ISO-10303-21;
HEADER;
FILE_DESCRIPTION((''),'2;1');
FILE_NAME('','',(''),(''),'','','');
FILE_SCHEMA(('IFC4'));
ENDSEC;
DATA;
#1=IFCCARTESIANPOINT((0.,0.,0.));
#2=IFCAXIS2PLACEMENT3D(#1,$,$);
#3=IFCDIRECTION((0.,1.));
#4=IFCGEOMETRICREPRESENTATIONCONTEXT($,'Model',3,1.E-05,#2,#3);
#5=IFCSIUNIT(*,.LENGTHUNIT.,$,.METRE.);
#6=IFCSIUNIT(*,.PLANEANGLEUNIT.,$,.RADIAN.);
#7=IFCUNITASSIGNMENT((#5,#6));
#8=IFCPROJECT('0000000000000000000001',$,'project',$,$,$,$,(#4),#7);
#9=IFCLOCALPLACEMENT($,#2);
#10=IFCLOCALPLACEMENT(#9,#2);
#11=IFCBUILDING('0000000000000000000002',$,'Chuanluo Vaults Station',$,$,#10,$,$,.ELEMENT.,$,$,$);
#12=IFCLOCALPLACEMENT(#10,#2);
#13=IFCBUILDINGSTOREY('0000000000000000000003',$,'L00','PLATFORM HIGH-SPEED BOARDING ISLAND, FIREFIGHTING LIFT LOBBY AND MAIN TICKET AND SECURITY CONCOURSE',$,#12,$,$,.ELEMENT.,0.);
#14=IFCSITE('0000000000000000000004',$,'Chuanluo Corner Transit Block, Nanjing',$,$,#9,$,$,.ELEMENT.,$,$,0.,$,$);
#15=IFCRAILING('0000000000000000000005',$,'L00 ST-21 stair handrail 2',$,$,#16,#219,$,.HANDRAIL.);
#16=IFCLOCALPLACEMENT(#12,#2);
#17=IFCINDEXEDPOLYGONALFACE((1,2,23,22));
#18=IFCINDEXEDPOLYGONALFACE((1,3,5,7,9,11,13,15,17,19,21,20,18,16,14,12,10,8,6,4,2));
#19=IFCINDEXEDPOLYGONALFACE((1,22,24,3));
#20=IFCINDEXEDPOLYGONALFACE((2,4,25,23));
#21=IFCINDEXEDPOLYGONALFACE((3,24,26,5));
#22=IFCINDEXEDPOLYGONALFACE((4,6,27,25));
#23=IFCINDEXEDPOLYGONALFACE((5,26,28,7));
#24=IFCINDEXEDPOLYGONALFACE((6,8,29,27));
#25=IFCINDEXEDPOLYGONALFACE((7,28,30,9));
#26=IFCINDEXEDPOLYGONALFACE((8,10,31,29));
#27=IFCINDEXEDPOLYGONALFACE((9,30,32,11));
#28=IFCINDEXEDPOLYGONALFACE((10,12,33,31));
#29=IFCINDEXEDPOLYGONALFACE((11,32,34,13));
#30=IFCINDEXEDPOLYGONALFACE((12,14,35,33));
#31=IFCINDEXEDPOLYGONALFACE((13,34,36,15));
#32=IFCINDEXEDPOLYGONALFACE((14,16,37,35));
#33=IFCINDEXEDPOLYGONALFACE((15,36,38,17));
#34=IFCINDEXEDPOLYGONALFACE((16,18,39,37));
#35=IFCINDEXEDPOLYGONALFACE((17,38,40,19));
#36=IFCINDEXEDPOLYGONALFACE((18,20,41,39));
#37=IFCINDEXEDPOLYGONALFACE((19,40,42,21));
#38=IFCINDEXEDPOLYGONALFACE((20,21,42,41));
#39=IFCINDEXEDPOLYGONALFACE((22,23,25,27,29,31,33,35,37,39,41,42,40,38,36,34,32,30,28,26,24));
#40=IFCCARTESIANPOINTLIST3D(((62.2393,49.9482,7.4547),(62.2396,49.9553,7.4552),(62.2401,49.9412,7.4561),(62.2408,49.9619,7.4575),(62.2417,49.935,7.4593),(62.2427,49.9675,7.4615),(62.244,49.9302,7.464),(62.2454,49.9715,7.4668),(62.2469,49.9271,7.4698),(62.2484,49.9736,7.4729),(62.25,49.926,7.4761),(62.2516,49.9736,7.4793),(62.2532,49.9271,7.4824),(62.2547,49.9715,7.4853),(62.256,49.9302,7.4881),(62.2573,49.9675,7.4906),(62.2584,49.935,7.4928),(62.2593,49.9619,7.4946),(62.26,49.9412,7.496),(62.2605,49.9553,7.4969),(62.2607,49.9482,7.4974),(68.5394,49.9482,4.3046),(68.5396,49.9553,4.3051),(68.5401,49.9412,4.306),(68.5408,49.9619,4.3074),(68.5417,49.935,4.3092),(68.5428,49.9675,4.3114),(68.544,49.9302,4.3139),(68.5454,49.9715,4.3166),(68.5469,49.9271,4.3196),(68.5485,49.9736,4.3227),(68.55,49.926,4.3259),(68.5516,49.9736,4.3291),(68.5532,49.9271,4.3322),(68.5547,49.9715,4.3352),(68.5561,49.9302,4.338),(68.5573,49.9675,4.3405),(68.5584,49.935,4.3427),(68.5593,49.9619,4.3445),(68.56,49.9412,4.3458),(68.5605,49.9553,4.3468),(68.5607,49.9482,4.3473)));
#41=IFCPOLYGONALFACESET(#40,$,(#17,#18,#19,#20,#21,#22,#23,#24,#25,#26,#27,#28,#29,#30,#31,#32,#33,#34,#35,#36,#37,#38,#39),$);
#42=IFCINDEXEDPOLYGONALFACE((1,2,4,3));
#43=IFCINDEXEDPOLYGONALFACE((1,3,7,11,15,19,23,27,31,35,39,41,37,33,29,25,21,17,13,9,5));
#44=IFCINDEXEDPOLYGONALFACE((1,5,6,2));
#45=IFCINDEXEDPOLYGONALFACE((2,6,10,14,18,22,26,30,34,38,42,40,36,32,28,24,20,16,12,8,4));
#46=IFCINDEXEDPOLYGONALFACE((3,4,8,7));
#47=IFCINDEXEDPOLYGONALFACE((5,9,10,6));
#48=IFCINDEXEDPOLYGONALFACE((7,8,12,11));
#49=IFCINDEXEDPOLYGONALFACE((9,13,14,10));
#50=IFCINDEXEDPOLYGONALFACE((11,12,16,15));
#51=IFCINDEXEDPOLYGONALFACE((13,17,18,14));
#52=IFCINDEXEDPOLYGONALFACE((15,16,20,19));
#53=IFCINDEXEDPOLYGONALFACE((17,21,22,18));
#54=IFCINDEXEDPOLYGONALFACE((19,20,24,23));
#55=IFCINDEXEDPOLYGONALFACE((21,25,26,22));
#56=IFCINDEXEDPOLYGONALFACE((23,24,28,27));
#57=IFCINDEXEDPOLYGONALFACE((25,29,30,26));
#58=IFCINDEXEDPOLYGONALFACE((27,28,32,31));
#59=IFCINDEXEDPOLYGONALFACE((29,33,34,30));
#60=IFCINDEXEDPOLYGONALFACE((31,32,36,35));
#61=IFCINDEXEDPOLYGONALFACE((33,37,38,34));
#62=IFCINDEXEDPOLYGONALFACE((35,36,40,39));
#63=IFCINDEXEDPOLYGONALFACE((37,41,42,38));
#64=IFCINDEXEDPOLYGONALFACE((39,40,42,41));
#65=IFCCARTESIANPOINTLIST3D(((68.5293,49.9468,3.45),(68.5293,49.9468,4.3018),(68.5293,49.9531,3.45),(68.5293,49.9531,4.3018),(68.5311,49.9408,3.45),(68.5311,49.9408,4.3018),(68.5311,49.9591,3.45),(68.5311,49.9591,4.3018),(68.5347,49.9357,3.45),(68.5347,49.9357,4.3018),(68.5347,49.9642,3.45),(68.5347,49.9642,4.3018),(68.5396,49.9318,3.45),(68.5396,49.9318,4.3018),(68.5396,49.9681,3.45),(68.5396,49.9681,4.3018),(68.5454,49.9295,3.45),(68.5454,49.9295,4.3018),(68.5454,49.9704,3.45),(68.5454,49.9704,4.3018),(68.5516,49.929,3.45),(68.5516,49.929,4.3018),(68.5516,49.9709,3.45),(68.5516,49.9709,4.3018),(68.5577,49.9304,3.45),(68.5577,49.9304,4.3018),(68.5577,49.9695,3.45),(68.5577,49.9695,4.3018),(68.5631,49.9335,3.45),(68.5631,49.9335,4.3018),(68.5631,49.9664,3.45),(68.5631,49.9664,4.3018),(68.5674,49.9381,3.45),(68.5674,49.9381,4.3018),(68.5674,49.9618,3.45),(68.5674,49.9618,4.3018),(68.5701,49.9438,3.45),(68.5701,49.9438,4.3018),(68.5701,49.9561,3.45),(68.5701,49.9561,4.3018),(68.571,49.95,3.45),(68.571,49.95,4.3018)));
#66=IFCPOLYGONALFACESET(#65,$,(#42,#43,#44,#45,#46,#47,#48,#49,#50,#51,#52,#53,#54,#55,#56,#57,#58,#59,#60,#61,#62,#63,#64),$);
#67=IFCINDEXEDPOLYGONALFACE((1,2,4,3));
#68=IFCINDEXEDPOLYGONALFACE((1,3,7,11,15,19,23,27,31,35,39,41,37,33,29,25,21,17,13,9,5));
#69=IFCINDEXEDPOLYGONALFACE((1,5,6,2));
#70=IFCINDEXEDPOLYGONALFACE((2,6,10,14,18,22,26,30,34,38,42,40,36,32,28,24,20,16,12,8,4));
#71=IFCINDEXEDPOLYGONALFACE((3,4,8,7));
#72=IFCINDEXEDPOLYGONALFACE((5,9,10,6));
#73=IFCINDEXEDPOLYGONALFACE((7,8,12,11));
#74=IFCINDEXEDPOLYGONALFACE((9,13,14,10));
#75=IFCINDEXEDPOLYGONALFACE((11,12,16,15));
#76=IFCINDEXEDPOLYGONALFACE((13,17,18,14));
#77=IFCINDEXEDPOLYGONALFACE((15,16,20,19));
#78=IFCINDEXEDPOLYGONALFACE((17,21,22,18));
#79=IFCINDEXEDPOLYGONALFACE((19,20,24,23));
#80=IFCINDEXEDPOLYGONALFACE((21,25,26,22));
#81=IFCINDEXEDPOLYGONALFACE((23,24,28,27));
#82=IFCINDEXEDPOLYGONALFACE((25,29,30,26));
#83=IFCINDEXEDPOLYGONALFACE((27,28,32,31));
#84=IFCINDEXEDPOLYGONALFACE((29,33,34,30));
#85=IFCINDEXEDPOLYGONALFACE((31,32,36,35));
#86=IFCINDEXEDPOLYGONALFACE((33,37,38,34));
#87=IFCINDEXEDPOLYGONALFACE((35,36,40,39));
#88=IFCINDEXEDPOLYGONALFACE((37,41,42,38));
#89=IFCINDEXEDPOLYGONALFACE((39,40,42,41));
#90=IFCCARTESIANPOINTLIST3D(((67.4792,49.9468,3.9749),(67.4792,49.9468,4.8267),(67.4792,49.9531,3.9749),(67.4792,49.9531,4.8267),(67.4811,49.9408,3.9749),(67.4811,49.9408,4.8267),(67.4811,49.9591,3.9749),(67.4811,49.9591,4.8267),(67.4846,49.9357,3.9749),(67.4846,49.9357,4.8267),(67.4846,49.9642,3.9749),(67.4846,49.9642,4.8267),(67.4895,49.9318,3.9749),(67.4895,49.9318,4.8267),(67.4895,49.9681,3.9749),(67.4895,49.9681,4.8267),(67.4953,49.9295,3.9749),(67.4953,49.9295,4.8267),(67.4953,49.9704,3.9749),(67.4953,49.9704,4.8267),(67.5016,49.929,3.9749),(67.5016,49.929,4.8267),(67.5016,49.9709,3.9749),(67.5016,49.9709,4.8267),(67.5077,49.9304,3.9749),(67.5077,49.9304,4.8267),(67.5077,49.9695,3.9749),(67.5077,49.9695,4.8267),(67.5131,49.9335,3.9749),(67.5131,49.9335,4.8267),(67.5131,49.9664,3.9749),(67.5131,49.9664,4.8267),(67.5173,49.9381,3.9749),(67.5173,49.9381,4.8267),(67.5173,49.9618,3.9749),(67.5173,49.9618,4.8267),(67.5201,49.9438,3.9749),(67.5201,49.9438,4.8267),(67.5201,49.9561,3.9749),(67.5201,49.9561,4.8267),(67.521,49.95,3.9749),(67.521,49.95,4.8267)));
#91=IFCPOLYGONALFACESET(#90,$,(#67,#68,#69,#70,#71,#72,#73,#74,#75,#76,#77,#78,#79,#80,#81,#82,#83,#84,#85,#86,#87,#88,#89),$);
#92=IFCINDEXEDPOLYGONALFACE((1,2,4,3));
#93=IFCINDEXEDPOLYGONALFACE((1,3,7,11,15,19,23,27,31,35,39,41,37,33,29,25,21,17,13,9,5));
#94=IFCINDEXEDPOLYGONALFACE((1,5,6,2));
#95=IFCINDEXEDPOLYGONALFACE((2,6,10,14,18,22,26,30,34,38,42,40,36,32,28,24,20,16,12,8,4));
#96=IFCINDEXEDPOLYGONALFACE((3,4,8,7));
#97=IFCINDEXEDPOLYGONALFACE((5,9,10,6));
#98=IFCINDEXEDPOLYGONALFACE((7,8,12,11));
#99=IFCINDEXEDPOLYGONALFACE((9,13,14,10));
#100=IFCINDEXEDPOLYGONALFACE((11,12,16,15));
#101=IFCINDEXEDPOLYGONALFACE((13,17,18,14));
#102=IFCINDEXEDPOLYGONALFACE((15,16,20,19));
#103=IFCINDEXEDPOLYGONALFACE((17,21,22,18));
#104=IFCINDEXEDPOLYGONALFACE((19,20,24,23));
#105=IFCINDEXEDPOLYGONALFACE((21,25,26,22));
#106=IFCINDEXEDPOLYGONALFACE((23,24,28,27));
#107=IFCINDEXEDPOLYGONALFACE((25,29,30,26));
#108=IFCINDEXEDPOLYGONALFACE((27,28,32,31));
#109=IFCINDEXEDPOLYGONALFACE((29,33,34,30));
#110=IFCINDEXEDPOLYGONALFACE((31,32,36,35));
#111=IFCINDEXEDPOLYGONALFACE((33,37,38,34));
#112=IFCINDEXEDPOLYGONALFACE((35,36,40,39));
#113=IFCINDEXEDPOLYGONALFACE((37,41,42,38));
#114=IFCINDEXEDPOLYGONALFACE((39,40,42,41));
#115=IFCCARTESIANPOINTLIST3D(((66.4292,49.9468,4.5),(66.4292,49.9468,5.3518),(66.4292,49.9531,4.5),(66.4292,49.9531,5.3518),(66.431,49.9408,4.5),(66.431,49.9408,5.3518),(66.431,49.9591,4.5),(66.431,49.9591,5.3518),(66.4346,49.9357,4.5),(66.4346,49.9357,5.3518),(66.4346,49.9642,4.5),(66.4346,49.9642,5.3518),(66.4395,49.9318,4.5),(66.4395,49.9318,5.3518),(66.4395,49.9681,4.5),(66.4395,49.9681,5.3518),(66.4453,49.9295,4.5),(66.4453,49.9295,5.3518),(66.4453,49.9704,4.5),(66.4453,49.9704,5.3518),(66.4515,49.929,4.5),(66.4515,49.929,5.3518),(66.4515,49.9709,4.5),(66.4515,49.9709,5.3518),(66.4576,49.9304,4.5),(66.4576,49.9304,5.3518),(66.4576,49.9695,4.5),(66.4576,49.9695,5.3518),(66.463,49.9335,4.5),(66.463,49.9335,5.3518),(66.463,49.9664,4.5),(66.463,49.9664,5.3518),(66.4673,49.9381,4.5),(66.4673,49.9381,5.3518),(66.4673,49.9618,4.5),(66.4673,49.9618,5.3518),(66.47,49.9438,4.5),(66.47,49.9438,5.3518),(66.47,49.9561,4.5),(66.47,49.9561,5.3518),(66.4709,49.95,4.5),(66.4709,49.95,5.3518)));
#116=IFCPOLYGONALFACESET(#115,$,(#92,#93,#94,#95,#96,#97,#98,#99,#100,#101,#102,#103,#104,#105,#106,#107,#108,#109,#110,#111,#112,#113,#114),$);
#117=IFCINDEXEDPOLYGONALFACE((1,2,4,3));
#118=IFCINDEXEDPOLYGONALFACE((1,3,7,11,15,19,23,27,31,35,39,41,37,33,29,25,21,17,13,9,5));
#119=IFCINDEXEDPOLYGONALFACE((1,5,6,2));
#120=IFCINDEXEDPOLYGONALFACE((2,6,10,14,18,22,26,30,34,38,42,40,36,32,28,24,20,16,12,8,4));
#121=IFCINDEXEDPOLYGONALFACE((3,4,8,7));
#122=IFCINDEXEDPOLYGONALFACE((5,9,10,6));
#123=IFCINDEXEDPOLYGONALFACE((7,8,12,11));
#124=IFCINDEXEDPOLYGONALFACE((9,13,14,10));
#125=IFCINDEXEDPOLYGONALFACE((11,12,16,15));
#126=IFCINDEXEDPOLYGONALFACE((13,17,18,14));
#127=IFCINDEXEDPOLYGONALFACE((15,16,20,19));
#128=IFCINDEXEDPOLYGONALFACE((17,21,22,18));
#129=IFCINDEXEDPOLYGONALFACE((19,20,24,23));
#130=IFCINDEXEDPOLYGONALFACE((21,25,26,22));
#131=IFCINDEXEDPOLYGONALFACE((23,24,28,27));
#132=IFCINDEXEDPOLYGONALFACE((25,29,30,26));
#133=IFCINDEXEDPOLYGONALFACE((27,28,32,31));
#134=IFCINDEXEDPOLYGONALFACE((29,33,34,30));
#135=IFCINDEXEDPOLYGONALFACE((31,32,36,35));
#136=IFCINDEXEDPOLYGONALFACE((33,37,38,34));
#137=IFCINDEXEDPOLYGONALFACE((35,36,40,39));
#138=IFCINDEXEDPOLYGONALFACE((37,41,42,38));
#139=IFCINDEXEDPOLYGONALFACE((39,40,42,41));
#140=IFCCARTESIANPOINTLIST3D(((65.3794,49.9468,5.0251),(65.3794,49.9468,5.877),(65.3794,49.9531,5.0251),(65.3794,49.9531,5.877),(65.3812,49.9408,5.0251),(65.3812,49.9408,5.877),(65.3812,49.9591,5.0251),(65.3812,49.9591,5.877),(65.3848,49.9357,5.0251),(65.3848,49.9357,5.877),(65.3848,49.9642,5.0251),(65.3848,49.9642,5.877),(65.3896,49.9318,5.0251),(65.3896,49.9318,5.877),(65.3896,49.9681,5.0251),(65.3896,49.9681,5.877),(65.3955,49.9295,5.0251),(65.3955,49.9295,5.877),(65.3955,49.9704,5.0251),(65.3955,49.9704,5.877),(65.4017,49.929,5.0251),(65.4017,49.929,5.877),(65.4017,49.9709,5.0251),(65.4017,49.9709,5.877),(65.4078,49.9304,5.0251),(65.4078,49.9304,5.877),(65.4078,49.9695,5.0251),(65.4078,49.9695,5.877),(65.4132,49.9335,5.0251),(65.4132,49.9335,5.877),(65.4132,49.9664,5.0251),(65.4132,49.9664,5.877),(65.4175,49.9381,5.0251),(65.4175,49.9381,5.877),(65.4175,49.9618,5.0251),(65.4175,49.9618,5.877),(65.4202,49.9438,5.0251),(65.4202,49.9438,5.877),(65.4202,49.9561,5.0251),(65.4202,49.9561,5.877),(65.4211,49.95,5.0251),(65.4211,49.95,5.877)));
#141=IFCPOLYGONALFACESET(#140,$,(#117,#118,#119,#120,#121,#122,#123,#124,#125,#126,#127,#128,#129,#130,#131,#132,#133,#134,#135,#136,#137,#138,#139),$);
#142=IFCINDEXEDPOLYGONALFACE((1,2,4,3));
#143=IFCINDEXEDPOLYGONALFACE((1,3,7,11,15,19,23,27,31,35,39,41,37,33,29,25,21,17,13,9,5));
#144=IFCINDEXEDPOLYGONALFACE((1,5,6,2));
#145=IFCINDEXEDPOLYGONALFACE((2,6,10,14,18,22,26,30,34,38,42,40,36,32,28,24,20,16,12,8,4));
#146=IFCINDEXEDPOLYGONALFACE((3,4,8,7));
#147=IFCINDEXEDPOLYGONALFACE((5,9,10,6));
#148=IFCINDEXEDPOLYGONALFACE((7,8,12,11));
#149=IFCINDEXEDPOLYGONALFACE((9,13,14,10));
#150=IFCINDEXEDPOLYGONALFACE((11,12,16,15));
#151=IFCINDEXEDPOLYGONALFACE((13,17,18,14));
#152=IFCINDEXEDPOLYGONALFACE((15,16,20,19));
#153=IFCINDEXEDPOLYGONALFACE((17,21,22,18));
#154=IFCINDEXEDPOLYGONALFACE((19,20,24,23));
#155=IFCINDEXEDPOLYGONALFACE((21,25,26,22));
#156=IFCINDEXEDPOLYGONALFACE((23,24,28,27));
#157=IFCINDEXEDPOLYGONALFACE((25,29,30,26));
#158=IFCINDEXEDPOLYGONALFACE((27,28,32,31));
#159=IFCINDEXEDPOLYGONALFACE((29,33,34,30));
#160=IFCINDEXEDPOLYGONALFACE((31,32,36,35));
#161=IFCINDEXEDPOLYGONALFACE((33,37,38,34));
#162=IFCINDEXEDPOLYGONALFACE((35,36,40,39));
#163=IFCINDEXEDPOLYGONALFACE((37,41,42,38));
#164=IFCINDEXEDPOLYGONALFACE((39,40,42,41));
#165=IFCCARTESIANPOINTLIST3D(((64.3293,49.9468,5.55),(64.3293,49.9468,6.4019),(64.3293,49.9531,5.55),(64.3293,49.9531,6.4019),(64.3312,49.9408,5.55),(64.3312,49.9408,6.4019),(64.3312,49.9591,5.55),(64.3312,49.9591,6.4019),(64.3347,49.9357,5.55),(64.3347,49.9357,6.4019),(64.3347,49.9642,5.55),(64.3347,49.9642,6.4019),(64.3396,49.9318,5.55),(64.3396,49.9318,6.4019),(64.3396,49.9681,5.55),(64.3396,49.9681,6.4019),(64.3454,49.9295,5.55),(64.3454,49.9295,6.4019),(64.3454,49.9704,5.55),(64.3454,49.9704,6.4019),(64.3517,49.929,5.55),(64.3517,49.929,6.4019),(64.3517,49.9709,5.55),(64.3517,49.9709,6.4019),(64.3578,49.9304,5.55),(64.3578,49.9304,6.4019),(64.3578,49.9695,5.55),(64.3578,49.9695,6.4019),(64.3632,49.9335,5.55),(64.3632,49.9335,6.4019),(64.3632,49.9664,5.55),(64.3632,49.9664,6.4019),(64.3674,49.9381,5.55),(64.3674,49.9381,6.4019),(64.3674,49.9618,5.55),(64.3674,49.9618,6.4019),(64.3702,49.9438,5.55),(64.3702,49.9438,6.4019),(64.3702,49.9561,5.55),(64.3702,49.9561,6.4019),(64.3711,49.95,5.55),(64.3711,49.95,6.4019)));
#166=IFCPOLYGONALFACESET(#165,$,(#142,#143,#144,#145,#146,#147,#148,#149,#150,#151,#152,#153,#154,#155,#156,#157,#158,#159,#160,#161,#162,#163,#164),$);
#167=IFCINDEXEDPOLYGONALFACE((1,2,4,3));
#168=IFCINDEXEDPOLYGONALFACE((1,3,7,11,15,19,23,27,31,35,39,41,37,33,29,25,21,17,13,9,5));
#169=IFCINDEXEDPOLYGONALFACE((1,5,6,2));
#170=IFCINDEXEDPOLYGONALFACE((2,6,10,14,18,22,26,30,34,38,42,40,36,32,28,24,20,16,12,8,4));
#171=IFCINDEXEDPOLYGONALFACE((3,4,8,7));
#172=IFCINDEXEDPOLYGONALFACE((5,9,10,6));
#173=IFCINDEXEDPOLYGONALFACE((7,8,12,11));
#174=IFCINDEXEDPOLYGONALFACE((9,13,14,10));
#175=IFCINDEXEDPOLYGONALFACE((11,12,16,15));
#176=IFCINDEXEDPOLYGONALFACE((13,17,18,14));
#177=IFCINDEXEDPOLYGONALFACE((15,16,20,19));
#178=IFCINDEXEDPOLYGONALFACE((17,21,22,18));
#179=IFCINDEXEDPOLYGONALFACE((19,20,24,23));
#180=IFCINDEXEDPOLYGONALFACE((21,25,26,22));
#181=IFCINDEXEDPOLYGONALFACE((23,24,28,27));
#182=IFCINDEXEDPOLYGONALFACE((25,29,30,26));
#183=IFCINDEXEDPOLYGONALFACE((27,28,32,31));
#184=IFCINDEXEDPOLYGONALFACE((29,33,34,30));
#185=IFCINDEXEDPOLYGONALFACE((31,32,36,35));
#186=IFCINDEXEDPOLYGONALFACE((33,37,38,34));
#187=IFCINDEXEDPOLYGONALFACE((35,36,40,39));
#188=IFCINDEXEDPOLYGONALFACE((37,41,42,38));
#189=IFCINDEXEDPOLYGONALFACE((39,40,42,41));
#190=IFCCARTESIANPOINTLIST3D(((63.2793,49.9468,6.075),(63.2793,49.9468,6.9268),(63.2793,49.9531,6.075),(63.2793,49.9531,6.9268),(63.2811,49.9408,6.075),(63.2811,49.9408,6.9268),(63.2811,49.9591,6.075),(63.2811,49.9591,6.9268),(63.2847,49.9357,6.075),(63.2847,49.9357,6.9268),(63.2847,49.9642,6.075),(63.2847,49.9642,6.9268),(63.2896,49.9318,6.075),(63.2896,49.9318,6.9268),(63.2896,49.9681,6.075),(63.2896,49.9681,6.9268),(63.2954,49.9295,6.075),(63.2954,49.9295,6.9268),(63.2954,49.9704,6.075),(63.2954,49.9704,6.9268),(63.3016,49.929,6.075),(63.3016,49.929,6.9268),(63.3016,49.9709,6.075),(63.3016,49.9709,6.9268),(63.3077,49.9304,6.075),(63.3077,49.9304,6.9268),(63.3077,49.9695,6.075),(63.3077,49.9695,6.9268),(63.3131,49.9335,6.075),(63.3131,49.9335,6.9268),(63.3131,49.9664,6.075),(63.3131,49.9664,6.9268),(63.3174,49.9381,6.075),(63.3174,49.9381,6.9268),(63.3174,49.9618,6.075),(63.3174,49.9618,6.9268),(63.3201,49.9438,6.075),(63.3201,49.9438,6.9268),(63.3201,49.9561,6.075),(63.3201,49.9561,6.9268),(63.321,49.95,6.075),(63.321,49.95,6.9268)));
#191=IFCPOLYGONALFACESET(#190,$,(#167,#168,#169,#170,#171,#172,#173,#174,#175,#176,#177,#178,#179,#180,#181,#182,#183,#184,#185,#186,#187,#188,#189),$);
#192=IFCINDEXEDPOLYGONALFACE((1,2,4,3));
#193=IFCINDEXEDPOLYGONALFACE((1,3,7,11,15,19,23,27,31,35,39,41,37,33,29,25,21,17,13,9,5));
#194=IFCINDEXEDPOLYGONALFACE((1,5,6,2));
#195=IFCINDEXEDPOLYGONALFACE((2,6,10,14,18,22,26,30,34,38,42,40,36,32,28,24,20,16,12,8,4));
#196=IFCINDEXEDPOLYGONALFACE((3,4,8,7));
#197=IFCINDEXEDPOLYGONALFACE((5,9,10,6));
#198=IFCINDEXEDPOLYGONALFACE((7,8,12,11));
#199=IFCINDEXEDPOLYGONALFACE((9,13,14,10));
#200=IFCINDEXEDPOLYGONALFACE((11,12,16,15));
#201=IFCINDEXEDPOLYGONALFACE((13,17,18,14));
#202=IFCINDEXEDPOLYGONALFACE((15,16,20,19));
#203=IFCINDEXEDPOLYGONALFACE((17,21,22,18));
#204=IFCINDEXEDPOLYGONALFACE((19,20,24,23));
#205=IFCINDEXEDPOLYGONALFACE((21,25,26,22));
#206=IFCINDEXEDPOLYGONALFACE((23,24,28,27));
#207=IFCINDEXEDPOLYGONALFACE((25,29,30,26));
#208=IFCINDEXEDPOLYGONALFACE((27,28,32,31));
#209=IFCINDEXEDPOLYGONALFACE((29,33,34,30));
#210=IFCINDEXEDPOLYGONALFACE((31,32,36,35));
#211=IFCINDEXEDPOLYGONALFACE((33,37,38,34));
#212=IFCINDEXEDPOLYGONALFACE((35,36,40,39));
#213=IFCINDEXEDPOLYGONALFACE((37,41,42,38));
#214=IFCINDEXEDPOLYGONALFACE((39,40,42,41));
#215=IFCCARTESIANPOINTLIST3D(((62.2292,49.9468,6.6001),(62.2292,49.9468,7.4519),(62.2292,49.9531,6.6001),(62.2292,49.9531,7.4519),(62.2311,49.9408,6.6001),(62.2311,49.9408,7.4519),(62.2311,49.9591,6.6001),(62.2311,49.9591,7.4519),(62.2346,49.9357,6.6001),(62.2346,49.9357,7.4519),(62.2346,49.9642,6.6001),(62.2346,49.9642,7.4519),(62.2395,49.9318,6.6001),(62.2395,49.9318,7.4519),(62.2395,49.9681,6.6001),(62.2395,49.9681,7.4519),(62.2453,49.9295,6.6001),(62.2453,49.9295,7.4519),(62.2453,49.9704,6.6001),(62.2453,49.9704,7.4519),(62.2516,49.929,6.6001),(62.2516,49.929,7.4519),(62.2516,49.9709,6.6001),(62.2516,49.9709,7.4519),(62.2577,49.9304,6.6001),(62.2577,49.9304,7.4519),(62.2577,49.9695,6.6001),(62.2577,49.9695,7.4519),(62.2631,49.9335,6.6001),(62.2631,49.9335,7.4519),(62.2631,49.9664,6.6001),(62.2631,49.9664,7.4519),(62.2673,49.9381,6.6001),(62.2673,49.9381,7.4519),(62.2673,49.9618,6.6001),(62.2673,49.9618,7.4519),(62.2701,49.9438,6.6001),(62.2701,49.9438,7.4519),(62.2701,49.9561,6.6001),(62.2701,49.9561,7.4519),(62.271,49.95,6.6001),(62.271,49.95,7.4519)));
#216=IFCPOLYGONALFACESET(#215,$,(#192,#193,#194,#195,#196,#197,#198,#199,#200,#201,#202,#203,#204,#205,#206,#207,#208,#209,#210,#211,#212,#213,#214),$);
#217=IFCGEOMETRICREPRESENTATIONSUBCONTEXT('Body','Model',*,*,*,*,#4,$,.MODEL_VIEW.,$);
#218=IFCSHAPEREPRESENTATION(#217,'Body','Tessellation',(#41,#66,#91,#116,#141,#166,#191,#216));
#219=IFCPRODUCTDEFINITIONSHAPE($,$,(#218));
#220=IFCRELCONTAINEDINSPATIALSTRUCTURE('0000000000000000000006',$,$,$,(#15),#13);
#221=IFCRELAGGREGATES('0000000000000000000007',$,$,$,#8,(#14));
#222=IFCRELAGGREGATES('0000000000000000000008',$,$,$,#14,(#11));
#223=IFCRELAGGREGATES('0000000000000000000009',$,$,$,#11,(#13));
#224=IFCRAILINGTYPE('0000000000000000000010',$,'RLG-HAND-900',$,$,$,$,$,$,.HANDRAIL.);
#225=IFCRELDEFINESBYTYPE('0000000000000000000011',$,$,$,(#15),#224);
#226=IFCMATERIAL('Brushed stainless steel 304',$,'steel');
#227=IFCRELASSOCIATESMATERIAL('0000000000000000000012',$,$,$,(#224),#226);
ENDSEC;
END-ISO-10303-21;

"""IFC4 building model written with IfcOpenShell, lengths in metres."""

from ifc_helpers import new_model, si_unit, direction, frame, origin, origin_2d, place, context, subcontext, project, spatial, circle, extrude, material, type_object, element, save


model = new_model("IFC4")

# Units and contexts
model_context = context("Model", 3, precision=1e-05, world=origin(), true_north=direction((0.0, 1.0)))
body_context = subcontext(model_context, "Body", "Model", "MODEL_VIEW")
ifc_project = project(units=[si_unit("LENGTHUNIT", "METRE"), si_unit("PLANEANGLEUNIT", "RADIAN")], contexts=[model_context])

# Site, building, storey
site_placement = place(None, origin())
site = spatial("IfcSite", under=ifc_project, at=site_placement, Name="Chuanluo Corner Transit Block, Nanjing", CompositionType="ELEMENT", RefElevation=0.0)
building_placement = place(site_placement, origin())
building = spatial("IfcBuilding", under=site, at=building_placement, Name="Chuanluo Vaults Station", CompositionType="ELEMENT")
storey_placement = place(building_placement, origin())
storey = spatial("IfcBuildingStorey", under=building, at=storey_placement, Name="L00", Description="PLATFORM HIGH-SPEED BOARDING ISLAND, FIREFIGHTING LIFT LOBBY AND MAIN TICKET AND SECURITY CONCOURSE", CompositionType="ELEMENT", Elevation=0.0)

# Railing
ifc_material_1 = material(Name="Brushed stainless steel 304", Category="steel")
railing_type_1 = type_object("IfcRailingType", Name="RLG-HAND-900", PredefinedType="HANDRAIL", material=ifc_material_1)
railing_1_placement = place(storey_placement, frame((68.55, 49.95, 3.45)))
element("IfcRailing", 1, at=railing_1_placement, inside=storey, type_object=railing_type_1, Name="L00 ST-21 stair handrail 2", PredefinedType="HANDRAIL", context=body_context, shape_type="SweptSolid", body=[
    extrude(circle(Radius=0.0239, at=origin_2d()), frame((0.0, 0.0, 0.876), z_axis=(-0.89442, 0.0, 0.447227), x_axis=(0.0, -1.0, 0.0)), (0.0, 0.0, 1.0), 7.0437),
    extrude(circle(Radius=0.021, at=origin_2d()), origin(), (0.0, 0.0, 1.0), 0.8518),
    extrude(circle(Radius=0.021, at=origin_2d()), frame((-1.05, 0.0, 0.5249)), (0.0, 0.0, 1.0), 0.8518),
    extrude(circle(Radius=0.021, at=origin_2d()), frame((-2.1001, 0.0, 1.05)), (0.0, 0.0, 1.0), 0.8518),
    extrude(circle(Radius=0.021, at=origin_2d()), frame((-3.1499, 0.0, 1.5752)), (0.0, 0.0, 1.0), 0.8518),
    extrude(circle(Radius=0.021, at=origin_2d()), frame((-4.2, 0.0, 2.1001)), (0.0, 0.0, 1.0), 0.8518),
    extrude(circle(Radius=0.021, at=origin_2d()), frame((-5.25, 0.0, 2.625)), (0.0, 0.0, 1.0), 0.8518),
    extrude(circle(Radius=0.021, at=origin_2d()), frame((-6.3, 0.0, 3.1501)), (0.0, 0.0, 1.0), 0.8518),
])

save(model, "model.ifc")
